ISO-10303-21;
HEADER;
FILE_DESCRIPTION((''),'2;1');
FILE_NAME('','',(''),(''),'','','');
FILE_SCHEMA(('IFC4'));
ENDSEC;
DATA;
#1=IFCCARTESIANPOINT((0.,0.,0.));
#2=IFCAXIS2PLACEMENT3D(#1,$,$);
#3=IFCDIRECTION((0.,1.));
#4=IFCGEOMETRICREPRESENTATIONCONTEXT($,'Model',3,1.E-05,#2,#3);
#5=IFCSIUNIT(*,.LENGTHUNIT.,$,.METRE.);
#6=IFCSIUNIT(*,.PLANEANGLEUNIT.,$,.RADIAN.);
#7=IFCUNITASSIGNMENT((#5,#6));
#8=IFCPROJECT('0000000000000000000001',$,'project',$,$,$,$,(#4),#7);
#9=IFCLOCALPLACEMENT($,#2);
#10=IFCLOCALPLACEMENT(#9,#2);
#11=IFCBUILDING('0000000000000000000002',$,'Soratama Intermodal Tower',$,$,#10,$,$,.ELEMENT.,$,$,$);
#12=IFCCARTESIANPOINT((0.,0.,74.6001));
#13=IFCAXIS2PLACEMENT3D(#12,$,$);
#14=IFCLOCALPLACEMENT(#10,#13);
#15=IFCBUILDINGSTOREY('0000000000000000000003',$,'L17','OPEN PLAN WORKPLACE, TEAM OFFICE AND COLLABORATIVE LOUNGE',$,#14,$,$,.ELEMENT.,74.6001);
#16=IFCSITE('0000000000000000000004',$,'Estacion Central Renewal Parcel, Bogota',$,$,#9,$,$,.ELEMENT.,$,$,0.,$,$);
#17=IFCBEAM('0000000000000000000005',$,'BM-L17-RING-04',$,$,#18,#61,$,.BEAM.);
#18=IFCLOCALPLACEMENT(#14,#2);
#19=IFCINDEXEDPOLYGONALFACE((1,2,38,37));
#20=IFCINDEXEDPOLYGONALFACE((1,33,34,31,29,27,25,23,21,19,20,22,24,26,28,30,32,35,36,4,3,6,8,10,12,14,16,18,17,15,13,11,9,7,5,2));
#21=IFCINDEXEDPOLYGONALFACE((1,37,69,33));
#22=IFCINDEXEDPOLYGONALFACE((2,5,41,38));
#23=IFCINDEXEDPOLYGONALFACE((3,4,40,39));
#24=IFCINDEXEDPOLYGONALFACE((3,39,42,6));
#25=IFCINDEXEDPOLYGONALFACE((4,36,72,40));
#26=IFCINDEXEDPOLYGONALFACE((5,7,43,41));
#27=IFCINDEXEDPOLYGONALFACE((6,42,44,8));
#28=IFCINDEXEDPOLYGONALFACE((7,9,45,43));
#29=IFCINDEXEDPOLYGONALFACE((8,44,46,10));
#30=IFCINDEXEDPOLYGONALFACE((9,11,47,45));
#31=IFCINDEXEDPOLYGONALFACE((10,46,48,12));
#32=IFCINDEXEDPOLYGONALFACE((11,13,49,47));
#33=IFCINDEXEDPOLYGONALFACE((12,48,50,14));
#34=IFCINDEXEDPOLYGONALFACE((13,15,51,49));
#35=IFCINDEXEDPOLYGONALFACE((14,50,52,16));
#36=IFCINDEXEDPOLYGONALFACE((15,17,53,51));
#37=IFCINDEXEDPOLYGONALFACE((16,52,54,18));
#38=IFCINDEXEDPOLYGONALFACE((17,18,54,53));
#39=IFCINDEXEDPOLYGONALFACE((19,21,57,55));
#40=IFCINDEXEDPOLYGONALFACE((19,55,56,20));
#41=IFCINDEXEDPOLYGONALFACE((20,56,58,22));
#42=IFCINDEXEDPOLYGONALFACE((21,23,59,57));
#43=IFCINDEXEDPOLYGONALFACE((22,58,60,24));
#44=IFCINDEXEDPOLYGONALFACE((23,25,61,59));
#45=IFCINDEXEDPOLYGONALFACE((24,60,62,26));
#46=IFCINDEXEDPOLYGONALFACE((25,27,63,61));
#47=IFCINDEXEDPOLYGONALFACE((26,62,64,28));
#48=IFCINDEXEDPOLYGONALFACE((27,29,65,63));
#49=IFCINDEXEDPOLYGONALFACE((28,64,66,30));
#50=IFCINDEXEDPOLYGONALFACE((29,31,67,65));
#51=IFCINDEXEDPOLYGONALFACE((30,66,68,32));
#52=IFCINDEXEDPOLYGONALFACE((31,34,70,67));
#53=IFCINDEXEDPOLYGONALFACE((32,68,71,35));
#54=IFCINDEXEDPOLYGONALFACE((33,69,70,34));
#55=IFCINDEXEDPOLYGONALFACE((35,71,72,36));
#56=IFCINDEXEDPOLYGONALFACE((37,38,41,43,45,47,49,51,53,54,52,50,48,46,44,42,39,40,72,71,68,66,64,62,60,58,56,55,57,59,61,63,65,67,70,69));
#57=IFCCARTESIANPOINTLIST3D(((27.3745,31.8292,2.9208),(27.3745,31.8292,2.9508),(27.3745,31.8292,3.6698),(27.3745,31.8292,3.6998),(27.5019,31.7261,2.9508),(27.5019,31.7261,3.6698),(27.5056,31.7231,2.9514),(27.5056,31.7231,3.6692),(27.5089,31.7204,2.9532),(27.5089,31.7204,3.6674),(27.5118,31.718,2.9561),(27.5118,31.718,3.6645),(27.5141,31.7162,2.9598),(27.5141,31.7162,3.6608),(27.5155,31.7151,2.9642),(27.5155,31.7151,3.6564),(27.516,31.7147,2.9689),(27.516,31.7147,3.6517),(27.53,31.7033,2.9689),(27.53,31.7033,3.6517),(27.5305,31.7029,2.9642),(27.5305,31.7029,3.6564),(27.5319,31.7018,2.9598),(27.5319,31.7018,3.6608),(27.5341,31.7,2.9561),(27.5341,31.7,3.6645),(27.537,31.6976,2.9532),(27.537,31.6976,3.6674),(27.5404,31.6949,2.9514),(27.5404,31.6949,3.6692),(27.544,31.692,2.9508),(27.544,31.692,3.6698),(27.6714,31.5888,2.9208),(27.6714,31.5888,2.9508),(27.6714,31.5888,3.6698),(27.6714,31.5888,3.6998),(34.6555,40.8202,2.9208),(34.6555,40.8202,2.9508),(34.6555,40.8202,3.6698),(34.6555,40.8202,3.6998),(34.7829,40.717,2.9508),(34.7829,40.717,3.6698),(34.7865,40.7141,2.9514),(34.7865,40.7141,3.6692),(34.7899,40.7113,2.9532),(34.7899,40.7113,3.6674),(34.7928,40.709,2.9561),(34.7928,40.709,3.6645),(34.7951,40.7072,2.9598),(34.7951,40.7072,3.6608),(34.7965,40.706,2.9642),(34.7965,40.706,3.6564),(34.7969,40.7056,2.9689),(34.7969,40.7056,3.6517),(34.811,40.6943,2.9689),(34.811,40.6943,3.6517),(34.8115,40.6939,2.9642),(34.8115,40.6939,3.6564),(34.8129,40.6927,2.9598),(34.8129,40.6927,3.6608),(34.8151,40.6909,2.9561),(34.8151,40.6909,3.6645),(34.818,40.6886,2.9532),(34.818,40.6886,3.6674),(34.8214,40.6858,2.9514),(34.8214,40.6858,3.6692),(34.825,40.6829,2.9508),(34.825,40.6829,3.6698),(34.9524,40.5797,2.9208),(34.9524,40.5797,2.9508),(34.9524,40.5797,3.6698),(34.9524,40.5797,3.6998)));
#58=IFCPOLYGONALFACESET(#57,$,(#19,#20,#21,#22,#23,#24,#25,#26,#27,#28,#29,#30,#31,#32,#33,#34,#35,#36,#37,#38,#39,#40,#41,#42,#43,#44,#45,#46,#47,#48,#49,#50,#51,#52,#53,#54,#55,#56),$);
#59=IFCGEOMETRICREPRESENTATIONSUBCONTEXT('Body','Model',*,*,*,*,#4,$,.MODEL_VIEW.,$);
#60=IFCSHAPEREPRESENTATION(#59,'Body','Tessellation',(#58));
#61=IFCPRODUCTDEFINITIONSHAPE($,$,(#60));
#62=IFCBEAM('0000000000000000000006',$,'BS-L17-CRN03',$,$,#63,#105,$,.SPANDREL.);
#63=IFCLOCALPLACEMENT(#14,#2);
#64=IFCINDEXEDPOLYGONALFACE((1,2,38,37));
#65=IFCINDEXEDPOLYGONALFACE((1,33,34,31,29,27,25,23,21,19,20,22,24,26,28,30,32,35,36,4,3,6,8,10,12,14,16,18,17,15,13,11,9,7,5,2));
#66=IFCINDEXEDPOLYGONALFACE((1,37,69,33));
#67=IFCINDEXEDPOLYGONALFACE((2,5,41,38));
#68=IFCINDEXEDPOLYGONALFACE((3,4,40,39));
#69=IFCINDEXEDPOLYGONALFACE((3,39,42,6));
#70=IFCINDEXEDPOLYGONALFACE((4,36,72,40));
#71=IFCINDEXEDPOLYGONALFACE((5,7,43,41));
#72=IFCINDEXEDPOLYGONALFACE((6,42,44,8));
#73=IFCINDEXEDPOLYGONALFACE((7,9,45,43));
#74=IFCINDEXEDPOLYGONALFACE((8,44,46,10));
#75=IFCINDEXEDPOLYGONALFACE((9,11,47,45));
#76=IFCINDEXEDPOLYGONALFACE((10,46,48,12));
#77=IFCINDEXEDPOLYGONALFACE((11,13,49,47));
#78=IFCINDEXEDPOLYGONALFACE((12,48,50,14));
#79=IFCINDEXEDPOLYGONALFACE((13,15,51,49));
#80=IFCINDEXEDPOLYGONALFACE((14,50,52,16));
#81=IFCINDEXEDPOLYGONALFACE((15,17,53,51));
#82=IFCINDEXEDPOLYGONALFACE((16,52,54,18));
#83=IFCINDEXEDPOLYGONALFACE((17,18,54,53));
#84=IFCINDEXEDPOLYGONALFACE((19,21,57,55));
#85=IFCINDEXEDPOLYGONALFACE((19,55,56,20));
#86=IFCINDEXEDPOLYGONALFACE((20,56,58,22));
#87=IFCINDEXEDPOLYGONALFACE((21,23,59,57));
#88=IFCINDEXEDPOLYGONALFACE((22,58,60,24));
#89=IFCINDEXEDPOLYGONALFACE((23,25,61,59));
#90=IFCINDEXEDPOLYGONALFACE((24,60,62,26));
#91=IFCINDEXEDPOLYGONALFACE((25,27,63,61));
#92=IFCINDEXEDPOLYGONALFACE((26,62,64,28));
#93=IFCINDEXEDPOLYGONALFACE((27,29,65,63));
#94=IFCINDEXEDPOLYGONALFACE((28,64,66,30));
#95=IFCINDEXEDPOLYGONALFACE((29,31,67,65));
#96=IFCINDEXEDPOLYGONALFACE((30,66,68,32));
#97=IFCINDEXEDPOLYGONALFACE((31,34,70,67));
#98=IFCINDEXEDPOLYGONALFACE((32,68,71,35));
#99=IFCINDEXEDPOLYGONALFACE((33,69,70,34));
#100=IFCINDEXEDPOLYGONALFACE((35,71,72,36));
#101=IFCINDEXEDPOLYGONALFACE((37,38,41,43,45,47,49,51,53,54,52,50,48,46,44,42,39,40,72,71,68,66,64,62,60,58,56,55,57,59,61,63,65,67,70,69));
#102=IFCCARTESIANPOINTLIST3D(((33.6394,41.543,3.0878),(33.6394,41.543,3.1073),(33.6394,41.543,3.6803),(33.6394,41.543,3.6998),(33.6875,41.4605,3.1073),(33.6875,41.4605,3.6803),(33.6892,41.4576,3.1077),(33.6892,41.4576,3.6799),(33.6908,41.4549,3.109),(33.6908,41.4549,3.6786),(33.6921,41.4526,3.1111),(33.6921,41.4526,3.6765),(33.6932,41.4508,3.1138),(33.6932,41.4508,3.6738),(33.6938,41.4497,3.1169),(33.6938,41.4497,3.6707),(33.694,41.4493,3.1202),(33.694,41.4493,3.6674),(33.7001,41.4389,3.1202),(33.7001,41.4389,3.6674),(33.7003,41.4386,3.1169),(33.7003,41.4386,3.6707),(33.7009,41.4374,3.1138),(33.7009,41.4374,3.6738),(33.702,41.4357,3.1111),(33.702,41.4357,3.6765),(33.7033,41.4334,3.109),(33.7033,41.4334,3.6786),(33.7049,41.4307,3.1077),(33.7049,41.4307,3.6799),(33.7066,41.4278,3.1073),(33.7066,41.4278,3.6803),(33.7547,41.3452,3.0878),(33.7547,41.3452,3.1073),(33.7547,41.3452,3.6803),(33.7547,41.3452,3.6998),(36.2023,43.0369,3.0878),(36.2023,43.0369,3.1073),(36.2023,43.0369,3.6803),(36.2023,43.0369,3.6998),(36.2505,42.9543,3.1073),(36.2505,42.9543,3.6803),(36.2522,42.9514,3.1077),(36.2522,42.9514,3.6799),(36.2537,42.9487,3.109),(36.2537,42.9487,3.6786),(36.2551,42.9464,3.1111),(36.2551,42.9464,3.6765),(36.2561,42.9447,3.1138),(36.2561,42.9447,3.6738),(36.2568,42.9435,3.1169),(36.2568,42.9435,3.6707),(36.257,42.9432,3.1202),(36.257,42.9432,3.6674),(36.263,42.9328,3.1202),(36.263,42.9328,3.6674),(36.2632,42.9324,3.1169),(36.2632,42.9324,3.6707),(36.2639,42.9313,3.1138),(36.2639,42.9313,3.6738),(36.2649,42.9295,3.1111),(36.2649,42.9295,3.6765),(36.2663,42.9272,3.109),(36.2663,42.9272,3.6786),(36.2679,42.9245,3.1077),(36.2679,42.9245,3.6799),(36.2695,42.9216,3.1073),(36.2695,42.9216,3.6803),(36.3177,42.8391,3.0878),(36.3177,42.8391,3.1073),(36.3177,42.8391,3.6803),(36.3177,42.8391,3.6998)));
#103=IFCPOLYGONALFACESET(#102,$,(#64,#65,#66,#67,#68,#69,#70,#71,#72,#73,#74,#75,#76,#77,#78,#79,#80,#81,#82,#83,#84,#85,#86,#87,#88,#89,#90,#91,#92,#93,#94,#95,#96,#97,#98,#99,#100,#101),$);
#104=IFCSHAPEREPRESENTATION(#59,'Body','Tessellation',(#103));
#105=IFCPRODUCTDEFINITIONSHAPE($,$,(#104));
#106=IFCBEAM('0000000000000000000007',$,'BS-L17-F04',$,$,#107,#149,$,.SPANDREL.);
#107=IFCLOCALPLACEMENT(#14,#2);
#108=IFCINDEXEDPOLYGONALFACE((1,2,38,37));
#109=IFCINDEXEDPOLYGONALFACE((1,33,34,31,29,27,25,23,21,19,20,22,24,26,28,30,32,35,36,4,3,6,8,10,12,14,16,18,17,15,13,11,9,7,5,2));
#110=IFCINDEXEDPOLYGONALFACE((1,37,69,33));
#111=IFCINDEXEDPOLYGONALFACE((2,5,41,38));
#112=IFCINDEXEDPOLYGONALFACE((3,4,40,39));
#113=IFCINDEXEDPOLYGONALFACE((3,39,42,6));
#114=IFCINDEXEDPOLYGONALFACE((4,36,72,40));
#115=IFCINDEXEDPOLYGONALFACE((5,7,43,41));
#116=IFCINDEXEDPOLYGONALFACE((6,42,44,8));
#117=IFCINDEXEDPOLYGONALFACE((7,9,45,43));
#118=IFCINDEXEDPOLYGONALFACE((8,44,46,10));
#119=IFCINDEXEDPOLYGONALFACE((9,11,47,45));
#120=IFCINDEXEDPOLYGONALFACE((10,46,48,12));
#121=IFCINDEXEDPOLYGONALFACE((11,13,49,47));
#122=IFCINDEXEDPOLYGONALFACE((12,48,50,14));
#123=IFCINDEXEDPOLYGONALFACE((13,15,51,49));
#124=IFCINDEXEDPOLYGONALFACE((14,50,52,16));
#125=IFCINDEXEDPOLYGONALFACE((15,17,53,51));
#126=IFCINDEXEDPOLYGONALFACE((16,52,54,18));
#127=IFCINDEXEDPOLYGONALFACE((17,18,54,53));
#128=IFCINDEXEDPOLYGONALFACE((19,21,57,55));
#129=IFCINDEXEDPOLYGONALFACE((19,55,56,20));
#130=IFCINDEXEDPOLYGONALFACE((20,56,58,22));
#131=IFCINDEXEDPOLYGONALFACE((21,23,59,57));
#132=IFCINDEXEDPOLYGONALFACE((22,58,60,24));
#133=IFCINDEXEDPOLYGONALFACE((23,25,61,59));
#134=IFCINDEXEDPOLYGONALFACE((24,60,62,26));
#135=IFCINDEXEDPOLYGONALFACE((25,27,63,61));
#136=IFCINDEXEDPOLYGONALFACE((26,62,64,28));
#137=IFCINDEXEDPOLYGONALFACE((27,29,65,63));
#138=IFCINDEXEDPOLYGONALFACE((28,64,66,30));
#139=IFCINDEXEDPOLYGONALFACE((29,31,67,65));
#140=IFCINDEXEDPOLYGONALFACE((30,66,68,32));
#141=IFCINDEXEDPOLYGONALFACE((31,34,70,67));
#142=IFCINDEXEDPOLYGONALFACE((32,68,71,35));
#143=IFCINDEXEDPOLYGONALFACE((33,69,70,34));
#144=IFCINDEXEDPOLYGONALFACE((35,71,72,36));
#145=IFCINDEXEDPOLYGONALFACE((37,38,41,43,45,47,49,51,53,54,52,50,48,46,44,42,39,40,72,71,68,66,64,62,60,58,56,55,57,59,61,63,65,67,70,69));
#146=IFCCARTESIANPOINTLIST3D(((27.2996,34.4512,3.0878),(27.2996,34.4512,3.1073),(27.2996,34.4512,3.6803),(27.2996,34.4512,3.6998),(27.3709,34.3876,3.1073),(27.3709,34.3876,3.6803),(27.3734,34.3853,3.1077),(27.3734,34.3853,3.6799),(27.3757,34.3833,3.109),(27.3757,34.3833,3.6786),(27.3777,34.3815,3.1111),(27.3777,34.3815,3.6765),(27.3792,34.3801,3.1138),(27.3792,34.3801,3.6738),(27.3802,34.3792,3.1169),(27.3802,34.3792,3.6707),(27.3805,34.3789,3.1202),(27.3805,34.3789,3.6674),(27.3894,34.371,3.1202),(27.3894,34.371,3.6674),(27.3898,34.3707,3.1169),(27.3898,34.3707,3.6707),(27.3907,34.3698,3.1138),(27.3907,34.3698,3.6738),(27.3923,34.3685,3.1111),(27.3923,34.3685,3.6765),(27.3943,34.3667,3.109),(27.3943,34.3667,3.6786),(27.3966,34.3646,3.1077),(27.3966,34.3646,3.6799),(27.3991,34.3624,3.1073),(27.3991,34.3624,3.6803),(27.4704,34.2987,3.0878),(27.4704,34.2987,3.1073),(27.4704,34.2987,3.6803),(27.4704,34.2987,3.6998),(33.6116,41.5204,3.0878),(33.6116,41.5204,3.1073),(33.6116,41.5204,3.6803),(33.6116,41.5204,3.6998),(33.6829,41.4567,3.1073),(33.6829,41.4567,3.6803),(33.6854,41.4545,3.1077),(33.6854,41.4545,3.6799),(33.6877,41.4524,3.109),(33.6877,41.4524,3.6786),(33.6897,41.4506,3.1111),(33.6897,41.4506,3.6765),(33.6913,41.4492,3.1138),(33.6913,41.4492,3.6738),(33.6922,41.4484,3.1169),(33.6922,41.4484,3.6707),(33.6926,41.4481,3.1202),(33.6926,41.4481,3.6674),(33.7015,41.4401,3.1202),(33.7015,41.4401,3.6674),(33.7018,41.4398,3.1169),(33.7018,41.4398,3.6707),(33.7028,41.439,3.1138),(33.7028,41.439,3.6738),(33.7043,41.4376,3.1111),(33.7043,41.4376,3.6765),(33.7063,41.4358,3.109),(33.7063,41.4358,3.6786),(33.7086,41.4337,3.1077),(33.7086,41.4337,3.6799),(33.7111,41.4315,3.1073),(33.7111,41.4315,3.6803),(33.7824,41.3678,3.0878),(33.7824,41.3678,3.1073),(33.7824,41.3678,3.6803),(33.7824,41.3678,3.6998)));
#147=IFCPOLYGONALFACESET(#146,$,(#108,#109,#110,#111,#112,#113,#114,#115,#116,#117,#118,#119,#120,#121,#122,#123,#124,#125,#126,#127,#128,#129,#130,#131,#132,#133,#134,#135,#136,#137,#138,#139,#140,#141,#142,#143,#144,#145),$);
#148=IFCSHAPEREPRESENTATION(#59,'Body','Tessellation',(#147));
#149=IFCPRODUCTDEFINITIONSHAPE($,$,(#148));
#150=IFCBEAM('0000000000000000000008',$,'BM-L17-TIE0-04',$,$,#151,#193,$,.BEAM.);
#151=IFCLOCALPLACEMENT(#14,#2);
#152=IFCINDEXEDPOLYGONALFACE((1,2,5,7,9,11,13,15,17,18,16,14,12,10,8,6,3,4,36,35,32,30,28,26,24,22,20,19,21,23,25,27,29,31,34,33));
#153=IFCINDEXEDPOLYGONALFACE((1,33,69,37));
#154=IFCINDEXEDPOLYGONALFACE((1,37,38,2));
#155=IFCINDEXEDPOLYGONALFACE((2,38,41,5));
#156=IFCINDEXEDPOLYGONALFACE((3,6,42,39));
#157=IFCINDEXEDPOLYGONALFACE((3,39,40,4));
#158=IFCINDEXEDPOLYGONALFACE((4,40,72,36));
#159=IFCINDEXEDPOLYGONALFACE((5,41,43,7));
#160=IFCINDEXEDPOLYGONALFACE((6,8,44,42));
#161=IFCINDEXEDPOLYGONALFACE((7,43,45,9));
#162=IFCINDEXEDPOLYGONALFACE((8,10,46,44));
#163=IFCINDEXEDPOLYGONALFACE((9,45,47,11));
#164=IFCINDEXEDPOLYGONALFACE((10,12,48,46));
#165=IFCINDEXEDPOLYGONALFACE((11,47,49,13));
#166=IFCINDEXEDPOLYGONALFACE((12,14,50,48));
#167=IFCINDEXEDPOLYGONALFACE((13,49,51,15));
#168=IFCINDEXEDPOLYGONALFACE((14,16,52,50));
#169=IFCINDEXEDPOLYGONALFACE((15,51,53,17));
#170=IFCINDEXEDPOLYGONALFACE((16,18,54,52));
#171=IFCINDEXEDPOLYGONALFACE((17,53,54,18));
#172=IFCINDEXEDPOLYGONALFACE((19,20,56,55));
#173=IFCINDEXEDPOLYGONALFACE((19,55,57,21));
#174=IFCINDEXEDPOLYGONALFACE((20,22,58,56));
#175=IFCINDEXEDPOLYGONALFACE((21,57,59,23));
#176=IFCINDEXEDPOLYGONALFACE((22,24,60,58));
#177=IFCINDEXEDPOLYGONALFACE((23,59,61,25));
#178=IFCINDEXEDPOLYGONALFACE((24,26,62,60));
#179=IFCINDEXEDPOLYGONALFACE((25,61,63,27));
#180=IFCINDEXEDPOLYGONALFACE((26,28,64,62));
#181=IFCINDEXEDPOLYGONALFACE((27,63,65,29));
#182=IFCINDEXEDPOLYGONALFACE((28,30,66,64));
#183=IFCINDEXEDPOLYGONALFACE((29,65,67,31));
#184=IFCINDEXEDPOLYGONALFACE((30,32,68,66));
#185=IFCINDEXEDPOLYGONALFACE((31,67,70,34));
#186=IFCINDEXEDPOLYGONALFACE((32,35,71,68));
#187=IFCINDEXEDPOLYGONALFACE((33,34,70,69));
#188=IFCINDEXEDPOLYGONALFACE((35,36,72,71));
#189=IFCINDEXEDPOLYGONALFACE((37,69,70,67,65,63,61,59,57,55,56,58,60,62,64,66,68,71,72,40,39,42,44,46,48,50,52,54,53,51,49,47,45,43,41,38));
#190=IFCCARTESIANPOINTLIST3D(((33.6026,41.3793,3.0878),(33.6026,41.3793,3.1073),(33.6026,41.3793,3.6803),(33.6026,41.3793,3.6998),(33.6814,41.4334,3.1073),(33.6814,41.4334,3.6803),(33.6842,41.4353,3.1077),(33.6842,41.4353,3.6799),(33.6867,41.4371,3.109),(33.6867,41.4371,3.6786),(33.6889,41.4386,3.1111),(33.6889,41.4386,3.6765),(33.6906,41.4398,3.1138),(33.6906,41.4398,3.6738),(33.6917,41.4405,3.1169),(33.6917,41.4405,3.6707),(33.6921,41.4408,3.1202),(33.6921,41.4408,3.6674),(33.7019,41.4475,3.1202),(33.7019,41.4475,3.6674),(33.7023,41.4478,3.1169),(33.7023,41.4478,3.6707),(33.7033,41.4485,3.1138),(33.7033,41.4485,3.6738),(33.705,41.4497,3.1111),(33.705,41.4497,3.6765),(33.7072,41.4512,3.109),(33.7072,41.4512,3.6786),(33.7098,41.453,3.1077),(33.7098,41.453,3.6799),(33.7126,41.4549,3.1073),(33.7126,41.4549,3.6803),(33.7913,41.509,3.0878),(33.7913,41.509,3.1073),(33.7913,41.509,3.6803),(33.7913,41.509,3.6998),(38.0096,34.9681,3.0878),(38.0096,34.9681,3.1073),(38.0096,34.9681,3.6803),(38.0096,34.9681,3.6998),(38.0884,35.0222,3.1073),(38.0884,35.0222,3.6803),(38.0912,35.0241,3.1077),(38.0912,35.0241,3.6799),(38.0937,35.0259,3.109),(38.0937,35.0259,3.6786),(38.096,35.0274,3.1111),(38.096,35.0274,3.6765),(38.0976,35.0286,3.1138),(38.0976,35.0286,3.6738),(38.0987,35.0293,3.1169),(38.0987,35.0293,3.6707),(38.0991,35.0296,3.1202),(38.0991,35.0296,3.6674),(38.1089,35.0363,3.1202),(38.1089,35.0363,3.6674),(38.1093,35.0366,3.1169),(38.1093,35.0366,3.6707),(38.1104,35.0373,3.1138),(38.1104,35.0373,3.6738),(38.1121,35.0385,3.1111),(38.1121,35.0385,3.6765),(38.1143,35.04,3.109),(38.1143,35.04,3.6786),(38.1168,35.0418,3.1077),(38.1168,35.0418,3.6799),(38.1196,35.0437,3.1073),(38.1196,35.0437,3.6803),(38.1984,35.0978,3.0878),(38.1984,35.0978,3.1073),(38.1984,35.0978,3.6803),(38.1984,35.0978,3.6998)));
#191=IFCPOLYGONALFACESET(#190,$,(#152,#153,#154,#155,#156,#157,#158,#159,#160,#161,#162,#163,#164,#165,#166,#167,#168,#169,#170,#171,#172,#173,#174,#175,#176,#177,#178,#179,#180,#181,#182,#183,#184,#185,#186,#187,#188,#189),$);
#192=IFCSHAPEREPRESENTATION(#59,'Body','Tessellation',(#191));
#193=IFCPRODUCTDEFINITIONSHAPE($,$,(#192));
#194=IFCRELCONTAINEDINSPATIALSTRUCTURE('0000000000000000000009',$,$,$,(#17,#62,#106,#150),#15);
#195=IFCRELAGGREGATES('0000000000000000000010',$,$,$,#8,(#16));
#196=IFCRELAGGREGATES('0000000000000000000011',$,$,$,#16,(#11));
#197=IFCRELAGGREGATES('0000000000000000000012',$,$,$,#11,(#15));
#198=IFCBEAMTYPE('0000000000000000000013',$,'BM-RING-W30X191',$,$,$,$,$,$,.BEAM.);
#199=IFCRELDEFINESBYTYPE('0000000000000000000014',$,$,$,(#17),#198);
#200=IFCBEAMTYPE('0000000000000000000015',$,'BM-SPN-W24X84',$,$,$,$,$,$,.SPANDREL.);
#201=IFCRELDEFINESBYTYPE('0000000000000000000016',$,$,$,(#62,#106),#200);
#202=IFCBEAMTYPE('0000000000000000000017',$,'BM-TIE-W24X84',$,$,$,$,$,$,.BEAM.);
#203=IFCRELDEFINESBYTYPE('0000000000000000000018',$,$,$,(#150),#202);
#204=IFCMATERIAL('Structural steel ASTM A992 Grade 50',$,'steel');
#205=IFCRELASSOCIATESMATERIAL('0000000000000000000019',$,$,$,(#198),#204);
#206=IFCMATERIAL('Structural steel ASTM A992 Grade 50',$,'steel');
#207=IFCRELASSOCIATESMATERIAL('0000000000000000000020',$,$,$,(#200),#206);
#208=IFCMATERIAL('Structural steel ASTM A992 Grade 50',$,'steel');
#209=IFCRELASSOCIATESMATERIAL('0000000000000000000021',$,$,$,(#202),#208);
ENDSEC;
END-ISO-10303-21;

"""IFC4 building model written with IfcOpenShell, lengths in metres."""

from ifc_helpers import new_model, si_unit, direction, frame, origin, origin_2d, place, context, subcontext, project, spatial, i_section, extrude, material, material_profile, profile_set, type_object, element, save


model = new_model("IFC4")

# Units and contexts
model_context = context("Model", 3, precision=1e-05, world=origin(), true_north=direction((0.0, 1.0)))
body_context = subcontext(model_context, "Body", "Model", "MODEL_VIEW")
ifc_project = project(units=[si_unit("LENGTHUNIT", "METRE"), si_unit("PLANEANGLEUNIT", "RADIAN")], contexts=[model_context])

# Site, building, storey
site_placement = place(None, origin())
site = spatial("IfcSite", under=ifc_project, at=site_placement, Name="Estacion Central Renewal Parcel, Bogota", CompositionType="ELEMENT", RefElevation=0.0)
building_placement = place(site_placement, origin())
building = spatial("IfcBuilding", under=site, at=building_placement, Name="Soratama Intermodal Tower", CompositionType="ELEMENT")
storey_placement = place(building_placement, frame((0.0, 0.0, 74.6001)))
storey = spatial("IfcBuildingStorey", under=building, at=storey_placement, Name="L17", Description="OPEN PLAN WORKPLACE, TEAM OFFICE AND COLLABORATIVE LOUNGE", CompositionType="ELEMENT", Elevation=74.6001)

# Beams
ifc_material_1 = material(Name="Structural steel ASTM A992 Grade 50", Category="steel")
ifc_material_profile_1 = material_profile(ifc_material_1, i_section(OverallWidth=0.3821, OverallDepth=0.7791, WebThickness=0.0181, FlangeThickness=0.03, FilletRadius=0.0181, at=origin_2d()), Name="W30X191")
ifc_profile_set_1 = profile_set([ifc_material_profile_1], Name="Structural steel ASTM A992 Grade 50")
beam_type_1 = type_object("IfcBeamType", Name="BM-RING-W30X191", PredefinedType="BEAM", material=ifc_profile_set_1)
beam_1_placement = place(storey_placement, frame((34.804, 40.7, 3.3103), z_axis=(-0.629334, -0.777135, 0.0), x_axis=(0.777135, -0.629334, 0.0)))
element("IfcBeam", 1, at=beam_1_placement, inside=storey, type_object=beam_type_1, Name="BM-L17-RING-04", PredefinedType="BEAM", context=body_context, shape_type="SweptSolid", body=[
    extrude(i_section(OverallWidth=0.3821, OverallDepth=0.7791, WebThickness=0.0181, FlangeThickness=0.03, FilletRadius=0.0181, at=origin_2d()), origin(), (0.0, 0.0, 1.0), 11.5693),
])
ifc_material_2 = material(Name="Structural steel ASTM A992 Grade 50", Category="steel")
ifc_material_profile_2 = material_profile(ifc_material_2, i_section(OverallWidth=0.229, OverallDepth=0.6121, WebThickness=0.012, FlangeThickness=0.0195, FilletRadius=0.0129, at=origin_2d()), Name="W24X84")
ifc_profile_set_2 = profile_set([ifc_material_profile_2], Name="Structural steel ASTM A992 Grade 50")
beam_type_2 = type_object("IfcBeamType", Name="BM-SPN-W24X84", PredefinedType="SPANDREL", material=ifc_profile_set_2)
beam_2_placement = place(storey_placement, frame((36.26, 42.938, 3.3938), z_axis=(-0.863952, -0.503574, 0.0), x_axis=(0.503574, -0.863952, 0.0)))
element("IfcBeam", 2, at=beam_2_placement, inside=storey, type_object=beam_type_2, Name="BS-L17-CRN03", PredefinedType="SPANDREL", context=body_context, shape_type="SweptSolid", body=[
    extrude(i_section(OverallWidth=0.229, OverallDepth=0.6121, WebThickness=0.012, FlangeThickness=0.0195, FilletRadius=0.0129, at=origin_2d()), origin(), (0.0, 0.0, 1.0), 2.9666),
])
beam_3_placement = place(storey_placement, frame((33.697, 41.4441, 3.3938), z_axis=(-0.666035, -0.745921, 0.0), x_axis=(0.745921, -0.666035, 0.0)))
element("IfcBeam", 3, at=beam_3_placement, inside=storey, type_object=beam_type_2, Name="BS-L17-F04", PredefinedType="SPANDREL", context=body_context, shape_type="SweptSolid", body=[
    extrude(i_section(OverallWidth=0.229, OverallDepth=0.6121, WebThickness=0.012, FlangeThickness=0.0195, FilletRadius=0.0129, at=origin_2d()), origin(), (0.0, 0.0, 1.0), 9.4771),
])
ifc_material_3 = material(Name="Structural steel ASTM A992 Grade 50", Category="steel")
ifc_material_profile_3 = material_profile(ifc_material_3, i_section(OverallWidth=0.229, OverallDepth=0.6121, WebThickness=0.012, FlangeThickness=0.0195, FilletRadius=0.0129, at=origin_2d()), Name="W24X84")
ifc_profile_set_3 = profile_set([ifc_material_profile_3], Name="Structural steel ASTM A992 Grade 50")
beam_type_3 = type_object("IfcBeamType", Name="BM-TIE-W24X84", PredefinedType="BEAM", material=ifc_profile_set_3)
beam_4_placement = place(storey_placement, frame((38.104, 35.033, 3.3938), z_axis=(-0.56647, 0.824082, 0.0), x_axis=(-0.824082, -0.56647, 0.0)))
element("IfcBeam", 4, at=beam_4_placement, inside=storey, type_object=beam_type_3, Name="BM-L17-TIE0-04", PredefinedType="BEAM", context=body_context, shape_type="SweptSolid", body=[
    extrude(i_section(OverallWidth=0.229, OverallDepth=0.6121, WebThickness=0.012, FlangeThickness=0.0195, FilletRadius=0.0129, at=origin_2d()), origin(), (0.0, 0.0, 1.0), 7.7798),
])

save(model, "model.ifc")
